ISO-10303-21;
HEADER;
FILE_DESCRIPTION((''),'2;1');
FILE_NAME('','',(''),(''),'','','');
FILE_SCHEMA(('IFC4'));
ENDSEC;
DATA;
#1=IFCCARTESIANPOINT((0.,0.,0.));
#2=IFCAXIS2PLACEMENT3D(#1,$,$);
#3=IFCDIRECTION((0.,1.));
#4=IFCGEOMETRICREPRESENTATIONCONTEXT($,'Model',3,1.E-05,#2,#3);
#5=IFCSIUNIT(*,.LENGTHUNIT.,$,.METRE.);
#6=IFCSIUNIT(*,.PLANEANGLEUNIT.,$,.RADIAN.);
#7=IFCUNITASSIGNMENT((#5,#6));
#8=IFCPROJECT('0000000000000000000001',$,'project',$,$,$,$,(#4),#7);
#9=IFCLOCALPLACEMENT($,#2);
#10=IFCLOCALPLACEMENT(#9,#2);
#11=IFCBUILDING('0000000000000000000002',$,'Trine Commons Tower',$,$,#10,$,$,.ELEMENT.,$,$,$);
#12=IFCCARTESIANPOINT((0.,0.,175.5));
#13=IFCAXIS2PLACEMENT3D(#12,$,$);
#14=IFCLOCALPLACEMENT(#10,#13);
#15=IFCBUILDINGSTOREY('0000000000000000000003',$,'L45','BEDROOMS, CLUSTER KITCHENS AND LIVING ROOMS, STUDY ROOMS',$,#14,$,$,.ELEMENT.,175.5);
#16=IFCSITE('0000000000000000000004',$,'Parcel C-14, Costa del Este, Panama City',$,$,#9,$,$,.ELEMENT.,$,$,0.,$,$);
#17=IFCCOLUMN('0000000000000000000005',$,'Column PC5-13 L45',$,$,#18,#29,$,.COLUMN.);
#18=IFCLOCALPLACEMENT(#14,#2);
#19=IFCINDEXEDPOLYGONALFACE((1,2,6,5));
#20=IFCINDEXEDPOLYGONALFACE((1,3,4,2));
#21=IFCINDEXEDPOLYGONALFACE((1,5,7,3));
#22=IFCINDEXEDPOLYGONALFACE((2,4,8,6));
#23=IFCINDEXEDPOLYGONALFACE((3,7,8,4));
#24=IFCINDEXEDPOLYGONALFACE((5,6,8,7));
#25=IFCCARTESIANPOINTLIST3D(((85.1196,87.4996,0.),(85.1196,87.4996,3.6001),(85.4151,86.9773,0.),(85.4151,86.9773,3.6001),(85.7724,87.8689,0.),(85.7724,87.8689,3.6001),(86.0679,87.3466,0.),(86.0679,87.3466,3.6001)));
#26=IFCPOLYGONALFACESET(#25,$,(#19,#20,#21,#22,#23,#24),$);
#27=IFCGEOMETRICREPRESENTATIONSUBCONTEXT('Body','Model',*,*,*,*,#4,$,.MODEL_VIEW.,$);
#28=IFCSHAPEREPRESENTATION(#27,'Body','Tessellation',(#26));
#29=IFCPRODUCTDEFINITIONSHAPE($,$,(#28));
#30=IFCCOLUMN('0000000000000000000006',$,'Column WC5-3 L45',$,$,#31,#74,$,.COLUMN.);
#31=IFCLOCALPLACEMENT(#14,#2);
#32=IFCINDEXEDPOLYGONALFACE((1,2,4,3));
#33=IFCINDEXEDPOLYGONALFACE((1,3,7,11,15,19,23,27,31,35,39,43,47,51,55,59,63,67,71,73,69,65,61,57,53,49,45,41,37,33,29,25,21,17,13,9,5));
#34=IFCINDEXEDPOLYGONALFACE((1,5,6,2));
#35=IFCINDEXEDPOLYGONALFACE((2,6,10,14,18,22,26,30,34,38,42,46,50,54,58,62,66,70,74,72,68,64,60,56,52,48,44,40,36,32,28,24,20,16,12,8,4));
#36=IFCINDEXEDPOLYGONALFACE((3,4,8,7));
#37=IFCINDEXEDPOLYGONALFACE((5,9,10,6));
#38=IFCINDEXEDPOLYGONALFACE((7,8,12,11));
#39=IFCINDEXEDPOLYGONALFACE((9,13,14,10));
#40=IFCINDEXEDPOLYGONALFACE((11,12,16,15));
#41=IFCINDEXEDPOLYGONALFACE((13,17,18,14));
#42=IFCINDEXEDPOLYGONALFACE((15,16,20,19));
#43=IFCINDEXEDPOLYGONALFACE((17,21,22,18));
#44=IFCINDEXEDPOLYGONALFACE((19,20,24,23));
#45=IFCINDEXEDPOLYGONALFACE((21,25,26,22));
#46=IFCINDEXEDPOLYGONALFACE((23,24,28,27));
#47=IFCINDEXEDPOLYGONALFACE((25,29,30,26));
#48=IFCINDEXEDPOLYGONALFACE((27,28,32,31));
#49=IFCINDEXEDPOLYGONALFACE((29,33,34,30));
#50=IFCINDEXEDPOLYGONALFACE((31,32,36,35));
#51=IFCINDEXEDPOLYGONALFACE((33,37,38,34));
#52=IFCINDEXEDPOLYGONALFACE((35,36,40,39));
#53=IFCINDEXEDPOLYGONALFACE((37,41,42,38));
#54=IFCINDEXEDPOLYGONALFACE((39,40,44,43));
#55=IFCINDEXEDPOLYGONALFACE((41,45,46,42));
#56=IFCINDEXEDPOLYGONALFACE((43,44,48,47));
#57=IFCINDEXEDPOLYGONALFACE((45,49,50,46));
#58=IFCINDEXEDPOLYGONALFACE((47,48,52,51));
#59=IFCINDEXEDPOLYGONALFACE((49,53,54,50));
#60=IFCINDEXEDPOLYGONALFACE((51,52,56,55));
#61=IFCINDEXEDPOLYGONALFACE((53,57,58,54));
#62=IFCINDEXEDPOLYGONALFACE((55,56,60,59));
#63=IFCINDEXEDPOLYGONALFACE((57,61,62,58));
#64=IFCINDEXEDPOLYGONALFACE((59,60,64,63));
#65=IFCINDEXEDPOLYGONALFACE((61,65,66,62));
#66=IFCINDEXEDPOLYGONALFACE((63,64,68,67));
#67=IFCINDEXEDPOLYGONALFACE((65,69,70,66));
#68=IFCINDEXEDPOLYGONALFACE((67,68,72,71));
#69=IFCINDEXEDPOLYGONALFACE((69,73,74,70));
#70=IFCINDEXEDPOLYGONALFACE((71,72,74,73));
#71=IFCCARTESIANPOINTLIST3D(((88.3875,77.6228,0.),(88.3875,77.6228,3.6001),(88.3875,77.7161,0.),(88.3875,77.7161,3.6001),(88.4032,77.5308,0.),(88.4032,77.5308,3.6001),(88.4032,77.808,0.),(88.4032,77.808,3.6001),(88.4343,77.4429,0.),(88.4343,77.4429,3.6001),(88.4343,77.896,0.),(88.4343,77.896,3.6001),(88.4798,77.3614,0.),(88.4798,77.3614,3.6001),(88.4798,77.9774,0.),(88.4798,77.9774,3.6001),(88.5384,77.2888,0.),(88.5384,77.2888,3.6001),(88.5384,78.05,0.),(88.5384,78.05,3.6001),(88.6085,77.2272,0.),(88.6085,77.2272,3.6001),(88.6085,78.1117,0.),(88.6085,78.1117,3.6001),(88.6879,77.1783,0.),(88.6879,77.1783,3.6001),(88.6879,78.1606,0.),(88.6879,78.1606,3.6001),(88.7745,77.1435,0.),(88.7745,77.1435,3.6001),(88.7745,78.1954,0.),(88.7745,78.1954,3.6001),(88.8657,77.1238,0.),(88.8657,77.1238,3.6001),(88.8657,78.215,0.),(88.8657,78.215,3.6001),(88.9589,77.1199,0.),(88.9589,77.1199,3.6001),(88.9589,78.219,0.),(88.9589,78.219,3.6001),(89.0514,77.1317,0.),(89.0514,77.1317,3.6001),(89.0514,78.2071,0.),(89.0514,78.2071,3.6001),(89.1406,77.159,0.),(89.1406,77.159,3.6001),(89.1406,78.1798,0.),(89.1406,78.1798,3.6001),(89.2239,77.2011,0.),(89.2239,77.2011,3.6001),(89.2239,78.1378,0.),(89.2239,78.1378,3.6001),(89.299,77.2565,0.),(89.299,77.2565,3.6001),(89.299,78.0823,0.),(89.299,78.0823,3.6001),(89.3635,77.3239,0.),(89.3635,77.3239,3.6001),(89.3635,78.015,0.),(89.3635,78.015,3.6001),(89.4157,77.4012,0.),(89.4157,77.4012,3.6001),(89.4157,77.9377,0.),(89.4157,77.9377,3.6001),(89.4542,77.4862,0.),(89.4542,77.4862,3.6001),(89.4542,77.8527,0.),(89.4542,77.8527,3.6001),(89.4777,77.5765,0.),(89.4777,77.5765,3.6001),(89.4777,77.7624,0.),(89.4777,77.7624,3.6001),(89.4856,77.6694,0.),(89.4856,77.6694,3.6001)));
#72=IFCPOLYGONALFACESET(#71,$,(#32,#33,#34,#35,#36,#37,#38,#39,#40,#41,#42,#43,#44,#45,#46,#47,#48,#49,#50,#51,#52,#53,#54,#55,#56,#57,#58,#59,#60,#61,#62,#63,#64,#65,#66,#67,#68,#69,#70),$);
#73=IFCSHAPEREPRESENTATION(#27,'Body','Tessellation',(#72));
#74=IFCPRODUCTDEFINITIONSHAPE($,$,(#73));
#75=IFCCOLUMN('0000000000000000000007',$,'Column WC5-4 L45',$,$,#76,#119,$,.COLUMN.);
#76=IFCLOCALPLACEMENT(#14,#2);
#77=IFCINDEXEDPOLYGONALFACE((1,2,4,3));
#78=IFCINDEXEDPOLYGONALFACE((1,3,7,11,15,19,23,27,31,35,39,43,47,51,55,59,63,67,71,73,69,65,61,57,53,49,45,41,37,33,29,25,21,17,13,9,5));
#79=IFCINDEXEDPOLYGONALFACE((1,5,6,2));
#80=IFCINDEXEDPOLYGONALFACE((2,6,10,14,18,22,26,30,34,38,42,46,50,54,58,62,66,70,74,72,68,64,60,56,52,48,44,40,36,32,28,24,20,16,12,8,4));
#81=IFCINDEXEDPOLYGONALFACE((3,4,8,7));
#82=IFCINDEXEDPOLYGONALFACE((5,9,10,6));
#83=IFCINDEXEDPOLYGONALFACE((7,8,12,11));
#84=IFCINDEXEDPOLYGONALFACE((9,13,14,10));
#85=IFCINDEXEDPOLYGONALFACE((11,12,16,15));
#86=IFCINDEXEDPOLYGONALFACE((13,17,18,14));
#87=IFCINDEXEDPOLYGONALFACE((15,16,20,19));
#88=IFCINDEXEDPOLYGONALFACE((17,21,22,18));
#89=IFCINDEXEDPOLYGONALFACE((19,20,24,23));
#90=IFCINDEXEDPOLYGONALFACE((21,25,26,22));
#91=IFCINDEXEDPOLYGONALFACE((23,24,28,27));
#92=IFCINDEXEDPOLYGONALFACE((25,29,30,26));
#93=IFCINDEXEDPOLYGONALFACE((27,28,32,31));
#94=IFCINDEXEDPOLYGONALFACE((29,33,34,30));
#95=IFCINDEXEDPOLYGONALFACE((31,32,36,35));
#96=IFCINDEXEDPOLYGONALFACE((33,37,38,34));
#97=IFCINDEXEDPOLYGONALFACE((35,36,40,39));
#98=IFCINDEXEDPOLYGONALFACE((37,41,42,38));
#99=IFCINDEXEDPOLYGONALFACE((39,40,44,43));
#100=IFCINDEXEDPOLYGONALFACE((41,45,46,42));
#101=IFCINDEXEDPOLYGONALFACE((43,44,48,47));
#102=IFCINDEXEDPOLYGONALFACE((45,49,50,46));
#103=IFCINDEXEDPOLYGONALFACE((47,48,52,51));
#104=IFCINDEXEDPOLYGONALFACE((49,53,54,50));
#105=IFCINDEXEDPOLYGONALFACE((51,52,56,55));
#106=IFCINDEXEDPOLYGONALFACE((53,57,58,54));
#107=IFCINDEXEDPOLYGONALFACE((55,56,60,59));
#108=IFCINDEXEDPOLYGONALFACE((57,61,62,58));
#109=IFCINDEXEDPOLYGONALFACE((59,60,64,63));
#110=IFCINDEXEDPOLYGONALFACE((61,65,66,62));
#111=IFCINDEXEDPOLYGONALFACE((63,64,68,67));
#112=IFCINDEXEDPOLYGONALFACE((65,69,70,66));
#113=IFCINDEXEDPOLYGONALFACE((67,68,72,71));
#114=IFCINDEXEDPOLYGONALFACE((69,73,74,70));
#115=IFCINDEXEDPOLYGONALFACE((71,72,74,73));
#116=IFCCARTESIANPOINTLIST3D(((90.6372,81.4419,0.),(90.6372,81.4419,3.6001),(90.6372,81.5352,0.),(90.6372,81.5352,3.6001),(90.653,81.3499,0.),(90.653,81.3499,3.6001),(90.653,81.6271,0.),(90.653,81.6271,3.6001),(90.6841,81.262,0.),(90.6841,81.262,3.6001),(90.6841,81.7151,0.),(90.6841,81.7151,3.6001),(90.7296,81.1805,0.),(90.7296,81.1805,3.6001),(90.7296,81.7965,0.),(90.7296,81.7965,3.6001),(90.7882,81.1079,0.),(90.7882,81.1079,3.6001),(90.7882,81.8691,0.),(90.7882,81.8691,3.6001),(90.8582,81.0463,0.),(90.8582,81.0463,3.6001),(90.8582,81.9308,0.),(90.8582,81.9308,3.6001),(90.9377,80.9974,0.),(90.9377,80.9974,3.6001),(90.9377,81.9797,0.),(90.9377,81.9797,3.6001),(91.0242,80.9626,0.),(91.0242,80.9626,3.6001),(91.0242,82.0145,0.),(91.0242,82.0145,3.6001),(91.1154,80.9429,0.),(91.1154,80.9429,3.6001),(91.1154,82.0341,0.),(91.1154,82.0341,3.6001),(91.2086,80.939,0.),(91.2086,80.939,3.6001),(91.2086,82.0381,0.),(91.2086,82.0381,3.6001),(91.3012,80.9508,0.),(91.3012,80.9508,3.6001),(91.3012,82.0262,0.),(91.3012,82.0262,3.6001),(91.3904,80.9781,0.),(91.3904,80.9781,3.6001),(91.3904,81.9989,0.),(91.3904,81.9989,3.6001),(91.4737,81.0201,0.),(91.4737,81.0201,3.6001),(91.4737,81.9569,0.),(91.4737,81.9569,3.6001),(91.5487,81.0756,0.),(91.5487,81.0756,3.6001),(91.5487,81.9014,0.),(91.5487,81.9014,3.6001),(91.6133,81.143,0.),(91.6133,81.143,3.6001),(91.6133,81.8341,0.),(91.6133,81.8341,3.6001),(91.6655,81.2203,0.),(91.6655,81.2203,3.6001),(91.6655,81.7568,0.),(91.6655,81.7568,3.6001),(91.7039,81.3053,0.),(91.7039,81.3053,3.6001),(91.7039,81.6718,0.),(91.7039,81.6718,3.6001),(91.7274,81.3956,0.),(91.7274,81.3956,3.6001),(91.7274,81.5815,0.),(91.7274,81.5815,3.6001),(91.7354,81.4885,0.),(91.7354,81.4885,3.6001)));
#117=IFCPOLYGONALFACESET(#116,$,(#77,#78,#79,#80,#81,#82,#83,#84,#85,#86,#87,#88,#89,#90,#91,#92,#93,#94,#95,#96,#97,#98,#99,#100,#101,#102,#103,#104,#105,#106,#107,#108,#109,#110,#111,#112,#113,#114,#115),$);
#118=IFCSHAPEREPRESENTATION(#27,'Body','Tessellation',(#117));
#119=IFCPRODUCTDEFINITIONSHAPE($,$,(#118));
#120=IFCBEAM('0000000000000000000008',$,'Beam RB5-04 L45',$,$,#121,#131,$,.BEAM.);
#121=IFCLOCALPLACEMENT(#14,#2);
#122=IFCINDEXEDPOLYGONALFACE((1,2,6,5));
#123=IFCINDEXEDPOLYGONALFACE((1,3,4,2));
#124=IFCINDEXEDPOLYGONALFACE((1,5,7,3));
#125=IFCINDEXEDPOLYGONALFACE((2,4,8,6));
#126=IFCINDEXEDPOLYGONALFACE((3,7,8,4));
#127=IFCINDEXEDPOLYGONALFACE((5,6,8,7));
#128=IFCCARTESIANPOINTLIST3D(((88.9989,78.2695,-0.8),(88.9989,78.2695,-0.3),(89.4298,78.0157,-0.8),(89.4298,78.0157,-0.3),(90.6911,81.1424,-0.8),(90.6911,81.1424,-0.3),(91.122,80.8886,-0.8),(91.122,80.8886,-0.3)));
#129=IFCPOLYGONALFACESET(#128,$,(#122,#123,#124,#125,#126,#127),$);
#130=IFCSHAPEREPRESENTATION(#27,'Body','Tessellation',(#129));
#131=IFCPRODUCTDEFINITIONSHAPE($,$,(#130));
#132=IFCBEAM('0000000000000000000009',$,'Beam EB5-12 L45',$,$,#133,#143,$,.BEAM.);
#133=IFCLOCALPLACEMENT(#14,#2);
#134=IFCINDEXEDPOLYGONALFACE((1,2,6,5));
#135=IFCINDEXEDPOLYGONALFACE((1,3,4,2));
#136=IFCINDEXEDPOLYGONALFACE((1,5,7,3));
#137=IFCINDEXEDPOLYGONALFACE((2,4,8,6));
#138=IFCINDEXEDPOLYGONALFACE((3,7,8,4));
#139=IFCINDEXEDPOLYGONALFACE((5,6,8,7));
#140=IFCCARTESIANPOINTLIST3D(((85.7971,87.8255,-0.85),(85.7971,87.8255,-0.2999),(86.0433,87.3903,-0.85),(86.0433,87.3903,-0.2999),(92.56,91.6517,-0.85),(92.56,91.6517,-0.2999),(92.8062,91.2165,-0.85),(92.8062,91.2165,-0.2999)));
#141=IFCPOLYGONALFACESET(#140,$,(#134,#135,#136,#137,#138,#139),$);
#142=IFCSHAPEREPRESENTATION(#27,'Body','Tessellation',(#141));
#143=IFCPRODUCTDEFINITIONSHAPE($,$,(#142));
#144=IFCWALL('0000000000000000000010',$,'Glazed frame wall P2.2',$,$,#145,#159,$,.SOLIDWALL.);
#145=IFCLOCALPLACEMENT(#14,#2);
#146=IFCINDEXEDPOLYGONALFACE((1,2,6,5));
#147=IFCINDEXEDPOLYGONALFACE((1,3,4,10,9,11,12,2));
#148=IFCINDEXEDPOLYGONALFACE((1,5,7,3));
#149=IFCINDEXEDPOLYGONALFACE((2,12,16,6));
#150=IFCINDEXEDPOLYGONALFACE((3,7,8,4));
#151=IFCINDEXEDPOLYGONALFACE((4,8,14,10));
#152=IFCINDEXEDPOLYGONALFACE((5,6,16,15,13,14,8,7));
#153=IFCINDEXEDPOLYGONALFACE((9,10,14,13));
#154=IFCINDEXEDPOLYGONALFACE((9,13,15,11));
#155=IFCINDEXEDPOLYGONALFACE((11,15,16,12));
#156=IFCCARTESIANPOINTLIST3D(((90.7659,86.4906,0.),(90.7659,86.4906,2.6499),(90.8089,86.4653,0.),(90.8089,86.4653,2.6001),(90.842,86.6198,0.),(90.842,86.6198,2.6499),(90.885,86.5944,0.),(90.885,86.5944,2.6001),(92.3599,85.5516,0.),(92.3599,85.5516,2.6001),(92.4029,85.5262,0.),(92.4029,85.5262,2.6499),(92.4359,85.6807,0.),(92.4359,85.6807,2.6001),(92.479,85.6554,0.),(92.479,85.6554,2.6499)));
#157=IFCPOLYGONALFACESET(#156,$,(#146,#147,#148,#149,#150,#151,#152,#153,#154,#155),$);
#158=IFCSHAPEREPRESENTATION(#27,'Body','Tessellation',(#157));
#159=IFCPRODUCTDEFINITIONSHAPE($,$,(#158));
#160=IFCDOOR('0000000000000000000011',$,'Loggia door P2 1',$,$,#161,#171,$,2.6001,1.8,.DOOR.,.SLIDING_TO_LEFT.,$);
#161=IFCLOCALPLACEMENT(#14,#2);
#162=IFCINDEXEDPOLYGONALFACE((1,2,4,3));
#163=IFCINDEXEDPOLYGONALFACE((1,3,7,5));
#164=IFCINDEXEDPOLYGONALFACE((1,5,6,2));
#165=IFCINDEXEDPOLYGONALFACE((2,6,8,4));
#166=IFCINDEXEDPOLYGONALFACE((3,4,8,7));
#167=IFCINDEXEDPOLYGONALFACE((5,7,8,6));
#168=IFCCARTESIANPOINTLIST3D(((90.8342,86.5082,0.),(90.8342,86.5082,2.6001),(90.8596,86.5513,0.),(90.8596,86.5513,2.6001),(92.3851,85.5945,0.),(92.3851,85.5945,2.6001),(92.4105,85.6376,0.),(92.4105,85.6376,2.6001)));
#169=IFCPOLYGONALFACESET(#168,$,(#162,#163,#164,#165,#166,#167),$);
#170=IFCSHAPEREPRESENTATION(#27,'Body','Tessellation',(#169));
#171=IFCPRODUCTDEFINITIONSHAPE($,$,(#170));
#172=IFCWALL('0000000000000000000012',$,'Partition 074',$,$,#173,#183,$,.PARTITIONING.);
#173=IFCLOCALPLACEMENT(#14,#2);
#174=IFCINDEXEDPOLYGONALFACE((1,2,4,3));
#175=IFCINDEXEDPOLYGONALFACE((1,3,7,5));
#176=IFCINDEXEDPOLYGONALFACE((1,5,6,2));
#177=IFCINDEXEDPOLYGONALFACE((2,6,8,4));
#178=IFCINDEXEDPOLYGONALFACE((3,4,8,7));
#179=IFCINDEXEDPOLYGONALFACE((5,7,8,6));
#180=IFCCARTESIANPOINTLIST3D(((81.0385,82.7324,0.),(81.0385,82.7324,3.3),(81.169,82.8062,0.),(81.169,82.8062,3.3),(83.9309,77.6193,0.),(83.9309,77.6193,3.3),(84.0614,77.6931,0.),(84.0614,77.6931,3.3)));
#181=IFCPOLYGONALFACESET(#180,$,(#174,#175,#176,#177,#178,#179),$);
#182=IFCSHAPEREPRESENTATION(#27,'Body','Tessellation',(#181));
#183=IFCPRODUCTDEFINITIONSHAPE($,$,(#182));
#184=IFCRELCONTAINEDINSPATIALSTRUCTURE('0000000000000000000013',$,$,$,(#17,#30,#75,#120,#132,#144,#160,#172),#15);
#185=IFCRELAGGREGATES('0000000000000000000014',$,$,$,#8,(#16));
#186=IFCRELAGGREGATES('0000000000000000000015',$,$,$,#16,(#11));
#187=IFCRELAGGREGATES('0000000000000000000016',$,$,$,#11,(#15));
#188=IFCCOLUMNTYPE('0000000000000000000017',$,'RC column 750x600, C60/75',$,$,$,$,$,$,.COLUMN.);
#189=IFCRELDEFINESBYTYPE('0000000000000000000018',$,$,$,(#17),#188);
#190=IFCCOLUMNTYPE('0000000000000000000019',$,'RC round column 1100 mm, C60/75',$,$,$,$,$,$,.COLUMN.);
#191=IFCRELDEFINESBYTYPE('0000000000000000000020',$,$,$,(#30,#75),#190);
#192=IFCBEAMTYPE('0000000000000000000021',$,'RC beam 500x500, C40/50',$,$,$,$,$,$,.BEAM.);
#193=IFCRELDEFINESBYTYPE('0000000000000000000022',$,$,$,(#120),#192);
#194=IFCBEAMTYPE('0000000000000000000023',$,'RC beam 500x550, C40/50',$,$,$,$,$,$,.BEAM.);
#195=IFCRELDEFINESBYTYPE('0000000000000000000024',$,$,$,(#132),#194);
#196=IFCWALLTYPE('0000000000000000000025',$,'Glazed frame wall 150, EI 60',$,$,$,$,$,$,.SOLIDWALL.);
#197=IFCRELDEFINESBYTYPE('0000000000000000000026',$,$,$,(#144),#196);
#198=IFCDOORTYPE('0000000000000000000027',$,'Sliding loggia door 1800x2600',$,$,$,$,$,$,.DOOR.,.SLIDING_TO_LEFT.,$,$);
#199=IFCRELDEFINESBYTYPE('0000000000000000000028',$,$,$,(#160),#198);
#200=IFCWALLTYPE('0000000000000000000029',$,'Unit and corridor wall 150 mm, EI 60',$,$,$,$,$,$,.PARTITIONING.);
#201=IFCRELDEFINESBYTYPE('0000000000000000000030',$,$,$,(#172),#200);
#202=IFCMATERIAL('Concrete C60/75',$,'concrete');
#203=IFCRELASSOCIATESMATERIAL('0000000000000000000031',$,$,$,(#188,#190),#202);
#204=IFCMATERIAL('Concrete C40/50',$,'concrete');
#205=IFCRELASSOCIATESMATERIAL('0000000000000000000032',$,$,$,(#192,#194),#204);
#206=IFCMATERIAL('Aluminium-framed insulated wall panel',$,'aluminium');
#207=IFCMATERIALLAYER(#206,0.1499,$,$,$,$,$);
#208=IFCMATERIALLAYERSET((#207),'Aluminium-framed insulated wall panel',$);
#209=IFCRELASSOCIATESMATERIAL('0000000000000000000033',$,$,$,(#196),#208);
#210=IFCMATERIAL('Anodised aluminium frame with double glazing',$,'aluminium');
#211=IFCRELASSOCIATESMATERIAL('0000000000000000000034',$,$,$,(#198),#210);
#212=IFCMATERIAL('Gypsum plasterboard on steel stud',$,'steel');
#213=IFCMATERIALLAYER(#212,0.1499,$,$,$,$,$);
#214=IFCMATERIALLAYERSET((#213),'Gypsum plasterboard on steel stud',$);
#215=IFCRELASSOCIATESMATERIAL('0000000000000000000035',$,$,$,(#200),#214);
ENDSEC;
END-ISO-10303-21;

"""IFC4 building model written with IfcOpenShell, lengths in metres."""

from ifc_helpers import new_model, si_unit, direction, frame, frame_2d, origin, origin_2d, place, context, subcontext, project, spatial, polyline, rectangle, circle, outline, extrude, material, layer, layer_set, material_profile, profile_set, type_object, element, fill, save


model = new_model("IFC4")

# Units and contexts
model_context = context("Model", 3, precision=1e-05, world=origin(), true_north=direction((0.0, 1.0)))
body_context = subcontext(model_context, "Body", "Model", "MODEL_VIEW")
ifc_project = project(units=[si_unit("LENGTHUNIT", "METRE"), si_unit("PLANEANGLEUNIT", "RADIAN")], contexts=[model_context])

# Site, building, storey
site_placement = place(None, origin())
site = spatial("IfcSite", under=ifc_project, at=site_placement, Name="Parcel C-14, Costa del Este, Panama City", CompositionType="ELEMENT", RefElevation=0.0)
building_placement = place(site_placement, origin())
building = spatial("IfcBuilding", under=site, at=building_placement, Name="Trine Commons Tower", CompositionType="ELEMENT")
storey_placement = place(building_placement, frame((0.0, 0.0, 175.5)))
storey = spatial("IfcBuildingStorey", under=building, at=storey_placement, Name="L45", Description="BEDROOMS, CLUSTER KITCHENS AND LIVING ROOMS, STUDY ROOMS", CompositionType="ELEMENT", Elevation=175.5)

# Columns
ifc_material_1 = material(Name="Concrete C60/75", Category="concrete")
ifc_material_profile_1 = material_profile(ifc_material_1, rectangle(XDim=0.75, YDim=0.6001, at=origin_2d()), Name="RC 750x600")
ifc_profile_set_1 = profile_set([ifc_material_profile_1], Name="Concrete C60/75")
column_type_1 = type_object("IfcColumnType", Name="RC column 750x600, C60/75", PredefinedType="COLUMN", material=ifc_profile_set_1)
column_placement = place(storey_placement, frame((85.5938, 87.4231, 0.0), z_axis=(0.0, 0.0, 1.0), x_axis=(0.870356, 0.492424, 0.0)))
element("IfcColumn", 1, at=column_placement, inside=storey, type_object=column_type_1, Name="Column PC5-13 L45", PredefinedType="COLUMN", context=body_context, shape_type="SweptSolid", body=[
    extrude(rectangle(XDim=0.75, YDim=0.6001, at=origin_2d()), origin(), (0.0, 0.0, 1.0), 3.6001),
])
ifc_material_profile_2 = material_profile(ifc_material_1, circle(Radius=0.55, at=origin_2d()), Name="RC round 1100")
ifc_profile_set_2 = profile_set([ifc_material_profile_2], Name="Concrete C60/75")
column_type_2 = type_object("IfcColumnType", Name="RC round column 1100 mm, C60/75", PredefinedType="COLUMN", material=ifc_profile_set_2)
for number, where, z_axis, x_axis, name in (
    (2, (88.9355, 77.6694, 0.0), (0.0, 0.0, 1.0), (1.0, 0.0, 0.0), "Column WC5-3 L45"),
    (3, (91.1853, 81.4885, 0.0), (0.0, 0.0, 1.0), (1.0, 0.0, 0.0), "Column WC5-4 L45"),
):
    element("IfcColumn", number, at=place(storey_placement, frame(where, z_axis=z_axis, x_axis=x_axis)), inside=storey, type_object=column_type_2, Name=name, PredefinedType="COLUMN", context=body_context, shape_type="SweptSolid", body=[
        extrude(circle(Radius=0.55, at=origin_2d()), origin(), (0.0, 0.0, 1.0), 3.6001),
    ])

# Beams
ifc_material_2 = material(Name="Concrete C40/50", Category="concrete")
ifc_material_profile_3 = material_profile(ifc_material_2, rectangle(XDim=0.5, YDim=0.5, at=origin_2d()), Name="RC 500x500")
ifc_profile_set_3 = profile_set([ifc_material_profile_3], Name="Concrete C40/50")
beam_type_1 = type_object("IfcBeamType", Name="RC beam 500x500, C40/50", PredefinedType="BEAM", material=ifc_profile_set_3)
beam_1_placement = place(storey_placement, frame((89.2144, 78.1426, -0.55), z_axis=(0.507522, 0.861639, 0.0), x_axis=(-0.861639, 0.507522, 0.0)))
element("IfcBeam", 4, at=beam_1_placement, inside=storey, type_object=beam_type_1, Name="Beam RB5-04 L45", PredefinedType="BEAM", context=body_context, shape_type="SweptSolid", body=[
    extrude(rectangle(XDim=0.5, YDim=0.5, at=origin_2d()), origin(), (0.0, 0.0, 1.0), 3.3342),
])
ifc_material_profile_4 = material_profile(ifc_material_2, rectangle(XDim=0.5, YDim=0.55, at=origin_2d()), Name="RC 500x550")
ifc_profile_set_4 = profile_set([ifc_material_profile_4], Name="Concrete C40/50")
beam_type_2 = type_object("IfcBeamType", Name="RC beam 500x550, C40/50", PredefinedType="BEAM", material=ifc_profile_set_4)
beam_2_placement = place(storey_placement, frame((85.9202, 87.6079, -0.575), z_axis=(0.870362, 0.492412, 0.0), x_axis=(-0.492412, 0.870362, 0.0)))
element("IfcBeam", 5, at=beam_2_placement, inside=storey, type_object=beam_type_2, Name="Beam EB5-12 L45", PredefinedType="BEAM", context=body_context, shape_type="SweptSolid", body=[
    extrude(rectangle(XDim=0.5, YDim=0.55, at=origin_2d()), origin(), (0.0, 0.0, 1.0), 7.7703),
])

# Shared definitions
ifc_material_3 = material(Name="Aluminium-framed insulated wall panel", Category="aluminium")
ifc_layer_1 = layer(ifc_material_3, 0.1499)
ifc_layer_set_1 = layer_set([ifc_layer_1], Name="Aluminium-framed insulated wall panel")
wall_type_1 = type_object("IfcWallType", Name="Glazed frame wall 150, EI 60", PredefinedType="SOLIDWALL", material=ifc_layer_set_1)

# Wall, opening, door
wall_1_placement = place(storey_placement, frame((90.804, 86.5552, 0.0), z_axis=(0.0, 0.0, 1.0), x_axis=(0.861604, -0.507582, 0.0)))
wall_1 = element("IfcWall", 6, at=wall_1_placement, inside=storey, type_object=wall_type_1, Name="Glazed frame wall P2.2", PredefinedType="SOLIDWALL", context=body_context, shape_type="SweptSolid", body=[
    extrude(outline(polyline([(0.0, -0.075), (1.8999, -0.075), (1.8999, 0.075), (0.0, 0.075), (0.0, -0.075)])), origin(), (0.0, 0.0, 1.0), 2.6499),
])
opening_1_placement = place(wall_1_placement, frame((0.05, 0.0, 0.0)))
opening_1 = element("IfcOpeningElement", 7, at=opening_1_placement, cuts=wall_1, PredefinedType="OPENING", context=body_context, shape_type="SweptSolid", body=[
    extrude(rectangle(XDim=1.8, YDim=2.6001, at=frame_2d((0.8999, 1.3))), frame((0.0, 0.085, 0.0), z_axis=(0.0, -1.0, 0.0), x_axis=(1.0, 0.0, 0.0)), (0.0, 0.0, 1.0), 0.1699),
])
ifc_material_4 = material(Name="Anodised aluminium frame with double glazing", Category="aluminium")
door_type_1 = type_object("IfcDoorType", Name="Sliding loggia door 1800x2600", OperationType="SLIDING_TO_LEFT", PredefinedType="DOOR", material=ifc_material_4)
door_1_placement = place(opening_1_placement, origin())
door_1 = element("IfcDoor", 8, at=door_1_placement, inside=storey, type_object=door_type_1, Name="Loggia door P2 1", OperationType="SLIDING_TO_LEFT", OverallHeight=2.6001, OverallWidth=1.8, PredefinedType="DOOR", context=body_context, shape_type="SweptSolid", body=[
    extrude(rectangle(XDim=1.8, YDim=2.6001, at=frame_2d((0.8999, 1.3))), frame((0.0, 0.0249, 0.0), z_axis=(0.0, -1.0, 0.0), x_axis=(1.0, 0.0, 0.0)), (0.0, 0.0, 1.0), 0.05),
])
fill(opening_1, door_1)

# Wall
ifc_material_5 = material(Name="Gypsum plasterboard on steel stud", Category="steel")
ifc_layer_2 = layer(ifc_material_5, 0.1499)
ifc_layer_set_2 = layer_set([ifc_layer_2], Name="Gypsum plasterboard on steel stud")
wall_type_2 = type_object("IfcWallType", Name="Unit and corridor wall 150 mm, EI 60", PredefinedType="PARTITIONING", material=ifc_layer_set_2)
wall_2_placement = place(storey_placement, frame((81.1038, 82.7693, 0.0), z_axis=(0.0, 0.0, 1.0), x_axis=(0.492361, -0.870391, 0.0)))
element("IfcWall", 9, at=wall_2_placement, inside=storey, type_object=wall_type_2, Name="Partition 074", PredefinedType="PARTITIONING", context=body_context, shape_type="SweptSolid", body=[
    extrude(rectangle(XDim=5.8745, YDim=0.1499, at=frame_2d((2.9373, 0.0))), origin(), (0.0, 0.0, 1.0), 3.3),
])

save(model, "model.ifc")
